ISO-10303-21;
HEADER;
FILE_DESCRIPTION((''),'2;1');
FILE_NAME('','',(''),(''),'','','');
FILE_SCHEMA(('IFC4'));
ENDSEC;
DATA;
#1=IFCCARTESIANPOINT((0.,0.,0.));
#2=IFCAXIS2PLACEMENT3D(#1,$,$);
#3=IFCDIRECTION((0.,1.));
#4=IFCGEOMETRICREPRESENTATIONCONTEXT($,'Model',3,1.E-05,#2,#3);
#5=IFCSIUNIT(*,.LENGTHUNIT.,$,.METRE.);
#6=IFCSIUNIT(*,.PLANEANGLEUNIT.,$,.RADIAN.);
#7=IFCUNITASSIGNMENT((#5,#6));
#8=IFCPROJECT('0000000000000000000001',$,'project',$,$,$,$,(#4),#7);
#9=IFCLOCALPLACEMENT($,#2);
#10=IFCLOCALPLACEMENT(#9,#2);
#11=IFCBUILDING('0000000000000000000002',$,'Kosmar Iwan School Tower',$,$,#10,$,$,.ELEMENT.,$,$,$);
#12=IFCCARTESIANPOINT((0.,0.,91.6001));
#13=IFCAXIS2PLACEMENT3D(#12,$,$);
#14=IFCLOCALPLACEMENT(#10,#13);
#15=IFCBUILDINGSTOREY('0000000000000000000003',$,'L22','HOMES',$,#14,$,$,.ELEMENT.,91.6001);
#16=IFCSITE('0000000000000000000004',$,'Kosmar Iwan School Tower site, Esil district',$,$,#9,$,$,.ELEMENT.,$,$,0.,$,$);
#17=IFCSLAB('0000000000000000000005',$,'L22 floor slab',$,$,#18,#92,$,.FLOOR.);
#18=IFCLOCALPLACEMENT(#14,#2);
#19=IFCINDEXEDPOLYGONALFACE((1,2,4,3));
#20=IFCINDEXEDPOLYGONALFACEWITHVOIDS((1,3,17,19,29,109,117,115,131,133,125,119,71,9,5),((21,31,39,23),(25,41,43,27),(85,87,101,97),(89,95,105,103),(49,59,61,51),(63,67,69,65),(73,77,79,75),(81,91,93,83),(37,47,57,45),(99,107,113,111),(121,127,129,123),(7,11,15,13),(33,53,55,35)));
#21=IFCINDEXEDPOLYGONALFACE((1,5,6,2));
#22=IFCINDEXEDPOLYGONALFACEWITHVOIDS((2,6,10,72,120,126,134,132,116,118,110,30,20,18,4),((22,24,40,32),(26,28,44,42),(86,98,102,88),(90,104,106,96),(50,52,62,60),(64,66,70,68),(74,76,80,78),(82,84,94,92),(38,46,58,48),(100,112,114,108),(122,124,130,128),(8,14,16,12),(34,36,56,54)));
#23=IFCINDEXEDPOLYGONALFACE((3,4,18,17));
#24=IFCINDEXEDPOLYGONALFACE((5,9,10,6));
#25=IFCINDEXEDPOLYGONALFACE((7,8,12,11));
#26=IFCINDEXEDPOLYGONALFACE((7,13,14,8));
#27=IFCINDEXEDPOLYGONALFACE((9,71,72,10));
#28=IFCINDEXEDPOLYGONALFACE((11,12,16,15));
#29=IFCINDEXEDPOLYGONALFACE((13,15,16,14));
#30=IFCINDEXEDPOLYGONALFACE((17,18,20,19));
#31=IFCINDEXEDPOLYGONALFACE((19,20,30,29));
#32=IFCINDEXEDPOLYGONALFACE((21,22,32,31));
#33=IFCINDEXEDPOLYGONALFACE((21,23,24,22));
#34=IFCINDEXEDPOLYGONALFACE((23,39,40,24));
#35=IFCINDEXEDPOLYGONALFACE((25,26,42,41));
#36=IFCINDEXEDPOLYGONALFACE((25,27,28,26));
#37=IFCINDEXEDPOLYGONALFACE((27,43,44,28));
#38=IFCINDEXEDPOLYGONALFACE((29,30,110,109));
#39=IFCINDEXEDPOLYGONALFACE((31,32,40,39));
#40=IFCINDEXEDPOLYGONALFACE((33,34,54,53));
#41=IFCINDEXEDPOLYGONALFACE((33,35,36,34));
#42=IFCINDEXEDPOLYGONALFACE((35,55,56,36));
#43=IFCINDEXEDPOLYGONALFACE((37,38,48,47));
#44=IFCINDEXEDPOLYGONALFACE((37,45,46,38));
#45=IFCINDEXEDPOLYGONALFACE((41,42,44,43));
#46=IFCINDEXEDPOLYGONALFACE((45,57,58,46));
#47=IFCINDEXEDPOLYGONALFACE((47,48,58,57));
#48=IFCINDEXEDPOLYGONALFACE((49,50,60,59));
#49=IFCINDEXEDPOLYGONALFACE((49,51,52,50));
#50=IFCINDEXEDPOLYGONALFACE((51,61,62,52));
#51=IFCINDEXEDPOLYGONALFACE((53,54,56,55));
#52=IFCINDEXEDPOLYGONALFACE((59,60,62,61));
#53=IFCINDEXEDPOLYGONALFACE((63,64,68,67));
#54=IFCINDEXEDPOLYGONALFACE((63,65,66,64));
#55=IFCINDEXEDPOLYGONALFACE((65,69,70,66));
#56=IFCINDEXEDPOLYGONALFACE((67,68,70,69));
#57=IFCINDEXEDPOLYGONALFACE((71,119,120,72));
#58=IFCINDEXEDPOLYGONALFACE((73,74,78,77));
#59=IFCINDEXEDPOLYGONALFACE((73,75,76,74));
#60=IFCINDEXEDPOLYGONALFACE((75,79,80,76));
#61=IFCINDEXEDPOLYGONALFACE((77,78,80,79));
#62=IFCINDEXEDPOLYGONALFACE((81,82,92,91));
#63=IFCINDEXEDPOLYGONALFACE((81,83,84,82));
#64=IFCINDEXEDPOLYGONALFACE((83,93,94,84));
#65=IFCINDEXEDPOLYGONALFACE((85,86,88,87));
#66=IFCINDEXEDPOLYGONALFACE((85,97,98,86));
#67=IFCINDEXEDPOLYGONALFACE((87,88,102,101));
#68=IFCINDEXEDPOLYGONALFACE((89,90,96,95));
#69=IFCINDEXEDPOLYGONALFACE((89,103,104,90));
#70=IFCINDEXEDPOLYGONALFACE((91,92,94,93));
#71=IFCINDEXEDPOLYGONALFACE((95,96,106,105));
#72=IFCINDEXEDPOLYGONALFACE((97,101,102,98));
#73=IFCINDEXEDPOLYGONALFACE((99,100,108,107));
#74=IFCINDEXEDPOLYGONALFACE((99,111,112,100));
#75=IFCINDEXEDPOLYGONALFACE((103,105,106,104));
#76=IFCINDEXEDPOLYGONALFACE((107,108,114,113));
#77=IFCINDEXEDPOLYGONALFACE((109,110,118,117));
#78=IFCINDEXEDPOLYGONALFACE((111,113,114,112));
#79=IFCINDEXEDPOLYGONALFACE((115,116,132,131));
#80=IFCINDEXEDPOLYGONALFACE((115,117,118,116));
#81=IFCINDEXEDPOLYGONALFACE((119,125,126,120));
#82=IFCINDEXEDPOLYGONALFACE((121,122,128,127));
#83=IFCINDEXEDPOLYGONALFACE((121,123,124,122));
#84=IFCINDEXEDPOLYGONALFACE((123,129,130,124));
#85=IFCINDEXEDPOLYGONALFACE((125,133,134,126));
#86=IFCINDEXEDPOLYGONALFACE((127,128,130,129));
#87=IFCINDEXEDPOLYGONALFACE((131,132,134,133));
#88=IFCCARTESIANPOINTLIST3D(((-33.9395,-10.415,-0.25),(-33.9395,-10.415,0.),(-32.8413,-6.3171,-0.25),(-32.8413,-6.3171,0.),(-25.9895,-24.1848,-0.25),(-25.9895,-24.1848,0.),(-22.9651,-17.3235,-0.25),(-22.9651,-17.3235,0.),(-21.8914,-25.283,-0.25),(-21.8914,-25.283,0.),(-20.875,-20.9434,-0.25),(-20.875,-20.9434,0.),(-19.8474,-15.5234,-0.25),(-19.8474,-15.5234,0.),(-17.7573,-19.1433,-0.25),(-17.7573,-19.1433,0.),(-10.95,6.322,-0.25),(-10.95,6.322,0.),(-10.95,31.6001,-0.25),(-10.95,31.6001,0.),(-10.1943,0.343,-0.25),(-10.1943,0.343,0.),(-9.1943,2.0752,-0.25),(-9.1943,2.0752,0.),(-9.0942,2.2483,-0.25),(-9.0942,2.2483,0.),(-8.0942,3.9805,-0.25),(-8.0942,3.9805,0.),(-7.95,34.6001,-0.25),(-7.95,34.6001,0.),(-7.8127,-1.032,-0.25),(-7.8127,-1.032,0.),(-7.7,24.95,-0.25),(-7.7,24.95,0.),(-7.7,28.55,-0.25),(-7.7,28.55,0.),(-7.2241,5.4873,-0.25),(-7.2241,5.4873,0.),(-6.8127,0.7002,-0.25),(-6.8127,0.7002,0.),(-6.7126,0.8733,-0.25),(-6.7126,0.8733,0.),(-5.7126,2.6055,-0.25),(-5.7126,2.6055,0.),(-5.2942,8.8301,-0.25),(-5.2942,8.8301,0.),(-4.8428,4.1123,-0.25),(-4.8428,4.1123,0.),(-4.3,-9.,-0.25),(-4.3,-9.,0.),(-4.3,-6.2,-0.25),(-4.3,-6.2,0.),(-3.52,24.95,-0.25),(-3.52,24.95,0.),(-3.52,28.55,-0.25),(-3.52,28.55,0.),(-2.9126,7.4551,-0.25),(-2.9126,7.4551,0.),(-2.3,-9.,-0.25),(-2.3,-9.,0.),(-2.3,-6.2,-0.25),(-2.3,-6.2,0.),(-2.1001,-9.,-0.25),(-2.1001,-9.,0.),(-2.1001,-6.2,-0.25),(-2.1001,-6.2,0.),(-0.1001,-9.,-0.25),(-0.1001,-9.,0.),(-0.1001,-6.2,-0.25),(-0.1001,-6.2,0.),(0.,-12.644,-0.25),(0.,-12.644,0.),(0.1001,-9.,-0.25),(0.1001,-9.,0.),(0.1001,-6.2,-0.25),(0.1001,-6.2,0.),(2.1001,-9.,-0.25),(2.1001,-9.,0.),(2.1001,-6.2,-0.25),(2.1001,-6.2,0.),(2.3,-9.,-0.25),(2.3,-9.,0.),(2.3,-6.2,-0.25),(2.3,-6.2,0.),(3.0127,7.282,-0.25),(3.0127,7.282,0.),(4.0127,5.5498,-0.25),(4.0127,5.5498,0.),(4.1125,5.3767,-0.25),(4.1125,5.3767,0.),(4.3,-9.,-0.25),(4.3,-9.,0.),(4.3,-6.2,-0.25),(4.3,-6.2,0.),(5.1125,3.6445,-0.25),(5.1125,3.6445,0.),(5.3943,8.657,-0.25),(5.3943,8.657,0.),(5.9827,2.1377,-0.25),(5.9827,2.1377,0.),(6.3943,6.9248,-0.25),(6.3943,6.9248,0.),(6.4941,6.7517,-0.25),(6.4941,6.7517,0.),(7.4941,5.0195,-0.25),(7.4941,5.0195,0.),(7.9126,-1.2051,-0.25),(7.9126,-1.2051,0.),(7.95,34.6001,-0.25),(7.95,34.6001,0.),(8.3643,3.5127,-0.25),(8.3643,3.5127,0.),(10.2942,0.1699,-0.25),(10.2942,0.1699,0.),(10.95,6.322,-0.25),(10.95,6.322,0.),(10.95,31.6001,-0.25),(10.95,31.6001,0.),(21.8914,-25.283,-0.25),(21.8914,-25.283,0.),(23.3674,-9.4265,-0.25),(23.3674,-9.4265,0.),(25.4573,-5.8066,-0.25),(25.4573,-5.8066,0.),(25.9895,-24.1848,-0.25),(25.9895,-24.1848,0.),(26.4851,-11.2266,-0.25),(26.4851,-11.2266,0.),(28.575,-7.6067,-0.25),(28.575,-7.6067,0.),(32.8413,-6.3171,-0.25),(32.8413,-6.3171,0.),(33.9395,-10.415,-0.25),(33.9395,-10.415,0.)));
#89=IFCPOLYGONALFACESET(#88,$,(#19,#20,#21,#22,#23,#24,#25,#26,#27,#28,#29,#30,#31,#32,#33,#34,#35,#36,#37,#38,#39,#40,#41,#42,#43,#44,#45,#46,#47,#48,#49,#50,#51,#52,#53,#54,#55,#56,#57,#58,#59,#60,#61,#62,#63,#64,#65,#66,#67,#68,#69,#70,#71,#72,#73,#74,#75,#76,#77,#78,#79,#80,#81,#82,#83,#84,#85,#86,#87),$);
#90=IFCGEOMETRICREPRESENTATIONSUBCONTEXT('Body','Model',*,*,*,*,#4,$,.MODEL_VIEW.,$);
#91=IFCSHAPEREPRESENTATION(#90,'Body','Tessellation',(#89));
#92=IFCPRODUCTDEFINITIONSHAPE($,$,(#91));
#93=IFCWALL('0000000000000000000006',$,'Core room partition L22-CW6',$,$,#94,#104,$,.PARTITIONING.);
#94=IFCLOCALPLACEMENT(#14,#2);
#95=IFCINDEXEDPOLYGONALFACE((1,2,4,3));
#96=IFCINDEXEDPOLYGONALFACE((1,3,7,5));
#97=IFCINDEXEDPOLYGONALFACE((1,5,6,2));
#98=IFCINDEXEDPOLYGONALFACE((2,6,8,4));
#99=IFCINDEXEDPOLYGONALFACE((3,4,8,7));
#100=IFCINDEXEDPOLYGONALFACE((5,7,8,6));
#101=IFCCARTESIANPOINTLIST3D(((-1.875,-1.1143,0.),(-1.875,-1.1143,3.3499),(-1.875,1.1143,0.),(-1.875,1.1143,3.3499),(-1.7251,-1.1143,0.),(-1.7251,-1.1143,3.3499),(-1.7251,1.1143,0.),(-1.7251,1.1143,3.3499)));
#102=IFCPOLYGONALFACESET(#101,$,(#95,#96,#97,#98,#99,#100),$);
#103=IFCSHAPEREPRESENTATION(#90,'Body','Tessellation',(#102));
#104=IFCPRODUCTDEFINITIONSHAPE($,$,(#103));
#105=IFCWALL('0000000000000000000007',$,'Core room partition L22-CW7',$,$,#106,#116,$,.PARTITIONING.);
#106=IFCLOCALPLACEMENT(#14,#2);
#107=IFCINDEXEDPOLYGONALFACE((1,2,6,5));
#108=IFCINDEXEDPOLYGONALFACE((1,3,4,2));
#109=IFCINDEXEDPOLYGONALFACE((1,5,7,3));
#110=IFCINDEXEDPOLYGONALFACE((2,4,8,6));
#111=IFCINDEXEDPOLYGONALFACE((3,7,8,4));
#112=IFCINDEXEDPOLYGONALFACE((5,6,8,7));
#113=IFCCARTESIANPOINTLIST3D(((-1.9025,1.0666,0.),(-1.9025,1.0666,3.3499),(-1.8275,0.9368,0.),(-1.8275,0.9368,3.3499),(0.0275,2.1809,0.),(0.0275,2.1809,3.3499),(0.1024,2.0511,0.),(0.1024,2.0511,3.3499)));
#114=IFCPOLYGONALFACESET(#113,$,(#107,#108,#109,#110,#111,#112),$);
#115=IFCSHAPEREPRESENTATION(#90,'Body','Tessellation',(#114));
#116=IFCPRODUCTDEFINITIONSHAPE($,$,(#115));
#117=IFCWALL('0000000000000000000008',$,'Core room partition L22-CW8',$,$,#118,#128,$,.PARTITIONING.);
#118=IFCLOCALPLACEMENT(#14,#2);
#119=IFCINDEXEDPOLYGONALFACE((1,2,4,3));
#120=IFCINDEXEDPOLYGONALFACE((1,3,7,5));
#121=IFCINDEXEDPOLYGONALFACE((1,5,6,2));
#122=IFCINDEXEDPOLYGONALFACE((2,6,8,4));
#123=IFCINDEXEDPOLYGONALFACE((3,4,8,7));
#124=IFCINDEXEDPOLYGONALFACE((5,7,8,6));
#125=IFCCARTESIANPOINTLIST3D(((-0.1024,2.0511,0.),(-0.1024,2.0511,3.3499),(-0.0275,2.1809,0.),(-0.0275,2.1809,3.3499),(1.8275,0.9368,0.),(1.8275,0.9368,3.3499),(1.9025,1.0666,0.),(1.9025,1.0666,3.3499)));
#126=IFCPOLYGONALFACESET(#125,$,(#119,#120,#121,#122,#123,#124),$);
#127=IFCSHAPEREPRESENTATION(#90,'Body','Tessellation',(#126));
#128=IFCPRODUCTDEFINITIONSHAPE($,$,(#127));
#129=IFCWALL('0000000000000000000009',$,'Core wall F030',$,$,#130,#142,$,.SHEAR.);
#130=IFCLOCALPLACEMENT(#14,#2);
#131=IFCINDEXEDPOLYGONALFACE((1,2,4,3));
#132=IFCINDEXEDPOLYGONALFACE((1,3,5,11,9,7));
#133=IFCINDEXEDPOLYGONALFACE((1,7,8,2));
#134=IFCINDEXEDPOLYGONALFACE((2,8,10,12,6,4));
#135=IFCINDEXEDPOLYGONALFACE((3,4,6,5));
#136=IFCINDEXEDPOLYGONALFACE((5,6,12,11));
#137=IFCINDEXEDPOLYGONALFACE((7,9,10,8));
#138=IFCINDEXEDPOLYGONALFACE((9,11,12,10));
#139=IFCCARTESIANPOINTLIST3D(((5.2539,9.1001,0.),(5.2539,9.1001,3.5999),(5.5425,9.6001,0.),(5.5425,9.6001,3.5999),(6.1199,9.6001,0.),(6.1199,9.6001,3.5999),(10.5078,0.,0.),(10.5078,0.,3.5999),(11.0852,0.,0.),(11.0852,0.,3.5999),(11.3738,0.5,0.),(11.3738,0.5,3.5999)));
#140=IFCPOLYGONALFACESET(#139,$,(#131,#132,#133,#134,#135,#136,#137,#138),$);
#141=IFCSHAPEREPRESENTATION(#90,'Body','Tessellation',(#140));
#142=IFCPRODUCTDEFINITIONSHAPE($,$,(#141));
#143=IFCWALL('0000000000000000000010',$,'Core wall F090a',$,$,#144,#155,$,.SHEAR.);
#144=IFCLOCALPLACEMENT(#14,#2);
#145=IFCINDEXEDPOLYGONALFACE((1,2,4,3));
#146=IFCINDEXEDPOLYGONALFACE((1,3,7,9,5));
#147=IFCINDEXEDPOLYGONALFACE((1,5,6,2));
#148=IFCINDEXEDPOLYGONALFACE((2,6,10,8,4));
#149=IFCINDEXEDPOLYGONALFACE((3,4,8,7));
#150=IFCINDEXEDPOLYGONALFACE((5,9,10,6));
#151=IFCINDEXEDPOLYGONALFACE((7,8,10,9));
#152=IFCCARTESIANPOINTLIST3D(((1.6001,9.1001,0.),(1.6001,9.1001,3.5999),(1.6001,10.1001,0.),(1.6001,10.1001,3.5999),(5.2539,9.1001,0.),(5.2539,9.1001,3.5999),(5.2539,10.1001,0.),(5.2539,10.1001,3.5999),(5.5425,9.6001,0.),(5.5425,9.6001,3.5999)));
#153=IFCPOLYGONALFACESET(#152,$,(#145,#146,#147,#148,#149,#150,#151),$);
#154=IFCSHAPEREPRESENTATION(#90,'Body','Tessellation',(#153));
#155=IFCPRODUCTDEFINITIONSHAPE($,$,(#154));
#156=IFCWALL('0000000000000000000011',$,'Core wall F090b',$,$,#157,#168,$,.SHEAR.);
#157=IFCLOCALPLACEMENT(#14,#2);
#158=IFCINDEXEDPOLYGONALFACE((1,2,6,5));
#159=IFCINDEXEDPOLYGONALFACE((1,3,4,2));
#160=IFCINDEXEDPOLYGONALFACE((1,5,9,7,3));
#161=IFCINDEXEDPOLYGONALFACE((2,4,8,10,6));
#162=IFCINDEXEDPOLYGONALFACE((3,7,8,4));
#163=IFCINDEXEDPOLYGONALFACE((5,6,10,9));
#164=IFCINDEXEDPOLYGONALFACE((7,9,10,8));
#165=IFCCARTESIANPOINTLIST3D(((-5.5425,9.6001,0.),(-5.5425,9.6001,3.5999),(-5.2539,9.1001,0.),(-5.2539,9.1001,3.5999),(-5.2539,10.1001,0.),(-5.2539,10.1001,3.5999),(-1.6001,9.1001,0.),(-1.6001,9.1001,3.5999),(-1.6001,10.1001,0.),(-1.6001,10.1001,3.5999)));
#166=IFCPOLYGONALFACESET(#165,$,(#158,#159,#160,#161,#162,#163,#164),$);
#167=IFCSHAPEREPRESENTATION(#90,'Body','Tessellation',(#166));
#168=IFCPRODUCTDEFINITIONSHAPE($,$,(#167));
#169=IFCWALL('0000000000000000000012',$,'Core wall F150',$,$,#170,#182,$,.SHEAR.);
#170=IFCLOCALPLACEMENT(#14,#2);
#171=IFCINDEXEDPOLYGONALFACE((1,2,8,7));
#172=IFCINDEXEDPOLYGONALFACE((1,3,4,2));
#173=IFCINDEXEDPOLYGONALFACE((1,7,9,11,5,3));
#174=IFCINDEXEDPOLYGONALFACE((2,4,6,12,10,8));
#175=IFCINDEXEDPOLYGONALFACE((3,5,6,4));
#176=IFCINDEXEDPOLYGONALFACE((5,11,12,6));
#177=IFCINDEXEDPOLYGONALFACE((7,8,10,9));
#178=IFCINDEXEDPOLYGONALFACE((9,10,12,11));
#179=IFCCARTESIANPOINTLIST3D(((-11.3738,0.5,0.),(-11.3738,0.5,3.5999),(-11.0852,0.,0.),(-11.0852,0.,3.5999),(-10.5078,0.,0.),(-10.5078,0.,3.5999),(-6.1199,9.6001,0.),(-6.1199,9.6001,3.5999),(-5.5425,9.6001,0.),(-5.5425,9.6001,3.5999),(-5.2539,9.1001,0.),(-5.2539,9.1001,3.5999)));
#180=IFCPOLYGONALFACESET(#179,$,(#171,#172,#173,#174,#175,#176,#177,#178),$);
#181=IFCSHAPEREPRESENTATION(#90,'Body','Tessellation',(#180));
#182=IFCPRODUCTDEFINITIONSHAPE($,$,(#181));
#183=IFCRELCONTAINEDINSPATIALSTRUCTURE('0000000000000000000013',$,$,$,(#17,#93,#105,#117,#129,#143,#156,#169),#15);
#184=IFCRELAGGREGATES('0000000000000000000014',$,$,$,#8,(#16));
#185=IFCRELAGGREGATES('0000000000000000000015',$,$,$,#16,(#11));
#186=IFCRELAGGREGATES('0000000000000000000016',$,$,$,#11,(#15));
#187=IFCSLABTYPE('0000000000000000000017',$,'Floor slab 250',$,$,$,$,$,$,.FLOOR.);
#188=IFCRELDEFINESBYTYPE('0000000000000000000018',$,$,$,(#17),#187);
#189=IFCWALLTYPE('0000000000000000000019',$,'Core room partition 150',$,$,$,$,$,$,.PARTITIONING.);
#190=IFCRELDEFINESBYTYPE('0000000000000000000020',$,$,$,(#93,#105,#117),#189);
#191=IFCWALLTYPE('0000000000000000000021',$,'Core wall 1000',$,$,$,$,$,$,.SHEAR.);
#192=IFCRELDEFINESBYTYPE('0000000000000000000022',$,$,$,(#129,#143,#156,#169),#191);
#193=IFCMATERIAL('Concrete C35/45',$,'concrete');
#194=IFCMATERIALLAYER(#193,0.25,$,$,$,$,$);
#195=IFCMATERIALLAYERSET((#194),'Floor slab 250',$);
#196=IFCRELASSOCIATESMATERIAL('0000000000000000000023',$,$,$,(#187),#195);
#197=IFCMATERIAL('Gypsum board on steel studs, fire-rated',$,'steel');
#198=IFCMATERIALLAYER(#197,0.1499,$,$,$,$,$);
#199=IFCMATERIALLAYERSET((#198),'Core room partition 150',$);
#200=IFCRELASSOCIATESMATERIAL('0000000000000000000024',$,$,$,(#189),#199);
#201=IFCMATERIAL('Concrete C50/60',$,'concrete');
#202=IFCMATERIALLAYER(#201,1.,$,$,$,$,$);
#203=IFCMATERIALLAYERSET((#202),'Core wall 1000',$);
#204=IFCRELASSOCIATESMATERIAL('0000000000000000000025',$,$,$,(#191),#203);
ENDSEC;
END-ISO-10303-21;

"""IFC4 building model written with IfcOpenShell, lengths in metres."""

from ifc_helpers import new_model, si_unit, direction, frame, frame_2d, origin, place, context, subcontext, project, spatial, polyline, rectangle, outline, extrude, material, layer, layer_set, type_object, element, save


model = new_model("IFC4")

# Units and contexts
model_context = context("Model", 3, precision=1e-05, world=origin(), true_north=direction((0.0, 1.0)))
body_context = subcontext(model_context, "Body", "Model", "MODEL_VIEW")
ifc_project = project(units=[si_unit("LENGTHUNIT", "METRE"), si_unit("PLANEANGLEUNIT", "RADIAN")], contexts=[model_context])

# Site, building, storey
site_placement = place(None, origin())
site = spatial("IfcSite", under=ifc_project, at=site_placement, Name="Kosmar Iwan School Tower site, Esil district", CompositionType="ELEMENT", RefElevation=0.0)
building_placement = place(site_placement, origin())
building = spatial("IfcBuilding", under=site, at=building_placement, Name="Kosmar Iwan School Tower", CompositionType="ELEMENT")
storey_placement = place(building_placement, frame((0.0, 0.0, 91.6001)))
storey = spatial("IfcBuildingStorey", under=building, at=storey_placement, Name="L22", Description="HOMES", CompositionType="ELEMENT", Elevation=91.6001)

# Slab
ifc_material_1 = material(Name="Concrete C35/45", Category="concrete")
ifc_layer_1 = layer(ifc_material_1, 0.25)
ifc_layer_set_1 = layer_set([ifc_layer_1], Name="Floor slab 250")
slab_type = type_object("IfcSlabType", Name="Floor slab 250", PredefinedType="FLOOR", material=ifc_layer_set_1)
slab_placement = place(storey_placement, frame((0.0, 0.0, -0.25)))
element("IfcSlab", 1, at=slab_placement, inside=storey, type_object=slab_type, Name="L22 floor slab", PredefinedType="FLOOR", context=body_context, shape_type="SweptSolid", body=[
    extrude(outline(polyline([(-21.8914, -25.283), (0.0, -12.644), (21.8914, -25.283), (25.9895, -24.1848), (33.9395, -10.415), (32.8413, -6.3171), (10.95, 6.322), (10.95, 31.6001), (7.95, 34.6001), (-7.95, 34.6001), (-10.95, 31.6001), (-10.95, 6.322), (-32.8413, -6.3171), (-33.9395, -10.415), (-25.9895, -24.1848), (-21.8914, -25.283)]), holes=[polyline([(7.9126, -1.2051), (10.2942, 0.1699), (8.3643, 3.5127), (5.9827, 2.1377), (7.9126, -1.2051)]), polyline([(-2.9126, 7.4551), (-5.2942, 8.8301), (-7.2241, 5.4873), (-4.8428, 4.1123), (-2.9126, 7.4551)]), polyline([(-5.7126, 2.6055), (-8.0942, 3.9805), (-9.0942, 2.2483), (-6.7126, 0.8733), (-5.7126, 2.6055)]), polyline([(-6.8127, 0.7002), (-9.1943, 2.0752), (-10.1943, 0.343), (-7.8127, -1.032), (-6.8127, 0.7002)]), polyline([(5.1125, 3.6445), (7.4941, 5.0195), (6.4941, 6.7517), (4.1125, 5.3767), (5.1125, 3.6445)]), polyline([(4.0127, 5.5498), (6.3943, 6.9248), (5.3943, 8.657), (3.0127, 7.282), (4.0127, 5.5498)]), polyline([(-4.3, -6.2), (-4.3, -9.0), (-2.3, -9.0), (-2.3, -6.2), (-4.3, -6.2)]), polyline([(-2.1001, -6.2), (-2.1001, -9.0), (-0.1001, -9.0), (-0.1001, -6.2), (-2.1001, -6.2)]), polyline([(0.1001, -6.2), (0.1001, -9.0), (2.1001, -9.0), (2.1001, -6.2), (0.1001, -6.2)]), polyline([(2.3, -6.2), (2.3, -9.0), (4.3, -9.0), (4.3, -6.2), (2.3, -6.2)]), polyline([(-3.52, 24.95), (-3.52, 28.55), (-7.7, 28.55), (-7.7, 24.95), (-3.52, 24.95)]), polyline([(-19.8474, -15.5234), (-22.9651, -17.3235), (-20.875, -20.9434), (-17.7573, -19.1433), (-19.8474, -15.5234)]), polyline([(23.3674, -9.4265), (26.4851, -11.2266), (28.575, -7.6067), (25.4573, -5.8066), (23.3674, -9.4265)])]), origin(), (0.0, 0.0, 1.0), 0.25),
])

# Walls
ifc_material_2 = material(Name="Gypsum board on steel studs, fire-rated", Category="steel")
ifc_layer_2 = layer(ifc_material_2, 0.1499)
ifc_layer_set_2 = layer_set([ifc_layer_2], Name="Core room partition 150")
wall_type_1 = type_object("IfcWallType", Name="Core room partition 150", PredefinedType="PARTITIONING", material=ifc_layer_set_2)
for number, where, z_axis, x_axis, name in (
    (2, (-1.8, -1.1143, 0.0), (0.0, 0.0, 1.0), (0.0, 1.0, 0.0), "Core room partition L22-CW6"),
    (3, (-1.865, 1.0017, 0.0), (0.0, 0.0, 1.0), (0.866023, 0.500004, 0.0), "Core room partition L22-CW7"),
    (4, (-0.0649, 2.116, 0.0), (0.0, 0.0, 1.0), (0.866023, -0.500004, 0.0), "Core room partition L22-CW8"),
):
    element("IfcWall", number, at=place(storey_placement, frame(where, z_axis=z_axis, x_axis=x_axis)), inside=storey, type_object=wall_type_1, Name=name, PredefinedType="PARTITIONING", context=body_context, shape_type="SweptSolid", body=[
        extrude(rectangle(XDim=2.2285, YDim=0.1499, at=frame_2d((1.1143, 0.0))), origin(), (0.0, 0.0, 1.0), 3.3499),
    ])
ifc_material_3 = material(Name="Concrete C50/60", Category="concrete")
ifc_layer_3 = layer(ifc_material_3, 1.0)
ifc_layer_set_3 = layer_set([ifc_layer_3], Name="Core wall 1000")
wall_type_2 = type_object("IfcWallType", Name="Core wall 1000", PredefinedType="SHEAR", material=ifc_layer_set_3)
wall_1_placement = place(storey_placement, origin())
element("IfcWall", 5, at=wall_1_placement, inside=storey, type_object=wall_type_2, Name="Core wall F030", PredefinedType="SHEAR", context=body_context, shape_type="SweptSolid", body=[
    extrude(outline(polyline([(10.5078, 0.0), (11.0852, 0.0), (11.3738, 0.5), (6.1199, 9.6001), (5.5425, 9.6001), (5.2539, 9.1001), (10.5078, 0.0)])), origin(), (0.0, 0.0, 1.0), 3.5999),
])
wall_2_placement = place(storey_placement, origin())
element("IfcWall", 6, at=wall_2_placement, inside=storey, type_object=wall_type_2, Name="Core wall F090a", PredefinedType="SHEAR", context=body_context, shape_type="SweptSolid", body=[
    extrude(outline(polyline([(1.6001, 9.1001), (5.2539, 9.1001), (5.5425, 9.6001), (5.2539, 10.1001), (1.6001, 10.1001), (1.6001, 9.1001)])), origin(), (0.0, 0.0, 1.0), 3.5999),
])
wall_3_placement = place(storey_placement, origin())
element("IfcWall", 7, at=wall_3_placement, inside=storey, type_object=wall_type_2, Name="Core wall F090b", PredefinedType="SHEAR", context=body_context, shape_type="SweptSolid", body=[
    extrude(outline(polyline([(-5.2539, 9.1001), (-1.6001, 9.1001), (-1.6001, 10.1001), (-5.2539, 10.1001), (-5.5425, 9.6001), (-5.2539, 9.1001)])), origin(), (0.0, 0.0, 1.0), 3.5999),
])
wall_4_placement = place(storey_placement, origin())
element("IfcWall", 8, at=wall_4_placement, inside=storey, type_object=wall_type_2, Name="Core wall F150", PredefinedType="SHEAR", context=body_context, shape_type="SweptSolid", body=[
    extrude(outline(polyline([(-11.0852, 0.0), (-10.5078, 0.0), (-5.2539, 9.1001), (-5.5425, 9.6001), (-6.1199, 9.6001), (-11.3738, 0.5), (-11.0852, 0.0)])), origin(), (0.0, 0.0, 1.0), 3.5999),
])

save(model, "model.ifc")
